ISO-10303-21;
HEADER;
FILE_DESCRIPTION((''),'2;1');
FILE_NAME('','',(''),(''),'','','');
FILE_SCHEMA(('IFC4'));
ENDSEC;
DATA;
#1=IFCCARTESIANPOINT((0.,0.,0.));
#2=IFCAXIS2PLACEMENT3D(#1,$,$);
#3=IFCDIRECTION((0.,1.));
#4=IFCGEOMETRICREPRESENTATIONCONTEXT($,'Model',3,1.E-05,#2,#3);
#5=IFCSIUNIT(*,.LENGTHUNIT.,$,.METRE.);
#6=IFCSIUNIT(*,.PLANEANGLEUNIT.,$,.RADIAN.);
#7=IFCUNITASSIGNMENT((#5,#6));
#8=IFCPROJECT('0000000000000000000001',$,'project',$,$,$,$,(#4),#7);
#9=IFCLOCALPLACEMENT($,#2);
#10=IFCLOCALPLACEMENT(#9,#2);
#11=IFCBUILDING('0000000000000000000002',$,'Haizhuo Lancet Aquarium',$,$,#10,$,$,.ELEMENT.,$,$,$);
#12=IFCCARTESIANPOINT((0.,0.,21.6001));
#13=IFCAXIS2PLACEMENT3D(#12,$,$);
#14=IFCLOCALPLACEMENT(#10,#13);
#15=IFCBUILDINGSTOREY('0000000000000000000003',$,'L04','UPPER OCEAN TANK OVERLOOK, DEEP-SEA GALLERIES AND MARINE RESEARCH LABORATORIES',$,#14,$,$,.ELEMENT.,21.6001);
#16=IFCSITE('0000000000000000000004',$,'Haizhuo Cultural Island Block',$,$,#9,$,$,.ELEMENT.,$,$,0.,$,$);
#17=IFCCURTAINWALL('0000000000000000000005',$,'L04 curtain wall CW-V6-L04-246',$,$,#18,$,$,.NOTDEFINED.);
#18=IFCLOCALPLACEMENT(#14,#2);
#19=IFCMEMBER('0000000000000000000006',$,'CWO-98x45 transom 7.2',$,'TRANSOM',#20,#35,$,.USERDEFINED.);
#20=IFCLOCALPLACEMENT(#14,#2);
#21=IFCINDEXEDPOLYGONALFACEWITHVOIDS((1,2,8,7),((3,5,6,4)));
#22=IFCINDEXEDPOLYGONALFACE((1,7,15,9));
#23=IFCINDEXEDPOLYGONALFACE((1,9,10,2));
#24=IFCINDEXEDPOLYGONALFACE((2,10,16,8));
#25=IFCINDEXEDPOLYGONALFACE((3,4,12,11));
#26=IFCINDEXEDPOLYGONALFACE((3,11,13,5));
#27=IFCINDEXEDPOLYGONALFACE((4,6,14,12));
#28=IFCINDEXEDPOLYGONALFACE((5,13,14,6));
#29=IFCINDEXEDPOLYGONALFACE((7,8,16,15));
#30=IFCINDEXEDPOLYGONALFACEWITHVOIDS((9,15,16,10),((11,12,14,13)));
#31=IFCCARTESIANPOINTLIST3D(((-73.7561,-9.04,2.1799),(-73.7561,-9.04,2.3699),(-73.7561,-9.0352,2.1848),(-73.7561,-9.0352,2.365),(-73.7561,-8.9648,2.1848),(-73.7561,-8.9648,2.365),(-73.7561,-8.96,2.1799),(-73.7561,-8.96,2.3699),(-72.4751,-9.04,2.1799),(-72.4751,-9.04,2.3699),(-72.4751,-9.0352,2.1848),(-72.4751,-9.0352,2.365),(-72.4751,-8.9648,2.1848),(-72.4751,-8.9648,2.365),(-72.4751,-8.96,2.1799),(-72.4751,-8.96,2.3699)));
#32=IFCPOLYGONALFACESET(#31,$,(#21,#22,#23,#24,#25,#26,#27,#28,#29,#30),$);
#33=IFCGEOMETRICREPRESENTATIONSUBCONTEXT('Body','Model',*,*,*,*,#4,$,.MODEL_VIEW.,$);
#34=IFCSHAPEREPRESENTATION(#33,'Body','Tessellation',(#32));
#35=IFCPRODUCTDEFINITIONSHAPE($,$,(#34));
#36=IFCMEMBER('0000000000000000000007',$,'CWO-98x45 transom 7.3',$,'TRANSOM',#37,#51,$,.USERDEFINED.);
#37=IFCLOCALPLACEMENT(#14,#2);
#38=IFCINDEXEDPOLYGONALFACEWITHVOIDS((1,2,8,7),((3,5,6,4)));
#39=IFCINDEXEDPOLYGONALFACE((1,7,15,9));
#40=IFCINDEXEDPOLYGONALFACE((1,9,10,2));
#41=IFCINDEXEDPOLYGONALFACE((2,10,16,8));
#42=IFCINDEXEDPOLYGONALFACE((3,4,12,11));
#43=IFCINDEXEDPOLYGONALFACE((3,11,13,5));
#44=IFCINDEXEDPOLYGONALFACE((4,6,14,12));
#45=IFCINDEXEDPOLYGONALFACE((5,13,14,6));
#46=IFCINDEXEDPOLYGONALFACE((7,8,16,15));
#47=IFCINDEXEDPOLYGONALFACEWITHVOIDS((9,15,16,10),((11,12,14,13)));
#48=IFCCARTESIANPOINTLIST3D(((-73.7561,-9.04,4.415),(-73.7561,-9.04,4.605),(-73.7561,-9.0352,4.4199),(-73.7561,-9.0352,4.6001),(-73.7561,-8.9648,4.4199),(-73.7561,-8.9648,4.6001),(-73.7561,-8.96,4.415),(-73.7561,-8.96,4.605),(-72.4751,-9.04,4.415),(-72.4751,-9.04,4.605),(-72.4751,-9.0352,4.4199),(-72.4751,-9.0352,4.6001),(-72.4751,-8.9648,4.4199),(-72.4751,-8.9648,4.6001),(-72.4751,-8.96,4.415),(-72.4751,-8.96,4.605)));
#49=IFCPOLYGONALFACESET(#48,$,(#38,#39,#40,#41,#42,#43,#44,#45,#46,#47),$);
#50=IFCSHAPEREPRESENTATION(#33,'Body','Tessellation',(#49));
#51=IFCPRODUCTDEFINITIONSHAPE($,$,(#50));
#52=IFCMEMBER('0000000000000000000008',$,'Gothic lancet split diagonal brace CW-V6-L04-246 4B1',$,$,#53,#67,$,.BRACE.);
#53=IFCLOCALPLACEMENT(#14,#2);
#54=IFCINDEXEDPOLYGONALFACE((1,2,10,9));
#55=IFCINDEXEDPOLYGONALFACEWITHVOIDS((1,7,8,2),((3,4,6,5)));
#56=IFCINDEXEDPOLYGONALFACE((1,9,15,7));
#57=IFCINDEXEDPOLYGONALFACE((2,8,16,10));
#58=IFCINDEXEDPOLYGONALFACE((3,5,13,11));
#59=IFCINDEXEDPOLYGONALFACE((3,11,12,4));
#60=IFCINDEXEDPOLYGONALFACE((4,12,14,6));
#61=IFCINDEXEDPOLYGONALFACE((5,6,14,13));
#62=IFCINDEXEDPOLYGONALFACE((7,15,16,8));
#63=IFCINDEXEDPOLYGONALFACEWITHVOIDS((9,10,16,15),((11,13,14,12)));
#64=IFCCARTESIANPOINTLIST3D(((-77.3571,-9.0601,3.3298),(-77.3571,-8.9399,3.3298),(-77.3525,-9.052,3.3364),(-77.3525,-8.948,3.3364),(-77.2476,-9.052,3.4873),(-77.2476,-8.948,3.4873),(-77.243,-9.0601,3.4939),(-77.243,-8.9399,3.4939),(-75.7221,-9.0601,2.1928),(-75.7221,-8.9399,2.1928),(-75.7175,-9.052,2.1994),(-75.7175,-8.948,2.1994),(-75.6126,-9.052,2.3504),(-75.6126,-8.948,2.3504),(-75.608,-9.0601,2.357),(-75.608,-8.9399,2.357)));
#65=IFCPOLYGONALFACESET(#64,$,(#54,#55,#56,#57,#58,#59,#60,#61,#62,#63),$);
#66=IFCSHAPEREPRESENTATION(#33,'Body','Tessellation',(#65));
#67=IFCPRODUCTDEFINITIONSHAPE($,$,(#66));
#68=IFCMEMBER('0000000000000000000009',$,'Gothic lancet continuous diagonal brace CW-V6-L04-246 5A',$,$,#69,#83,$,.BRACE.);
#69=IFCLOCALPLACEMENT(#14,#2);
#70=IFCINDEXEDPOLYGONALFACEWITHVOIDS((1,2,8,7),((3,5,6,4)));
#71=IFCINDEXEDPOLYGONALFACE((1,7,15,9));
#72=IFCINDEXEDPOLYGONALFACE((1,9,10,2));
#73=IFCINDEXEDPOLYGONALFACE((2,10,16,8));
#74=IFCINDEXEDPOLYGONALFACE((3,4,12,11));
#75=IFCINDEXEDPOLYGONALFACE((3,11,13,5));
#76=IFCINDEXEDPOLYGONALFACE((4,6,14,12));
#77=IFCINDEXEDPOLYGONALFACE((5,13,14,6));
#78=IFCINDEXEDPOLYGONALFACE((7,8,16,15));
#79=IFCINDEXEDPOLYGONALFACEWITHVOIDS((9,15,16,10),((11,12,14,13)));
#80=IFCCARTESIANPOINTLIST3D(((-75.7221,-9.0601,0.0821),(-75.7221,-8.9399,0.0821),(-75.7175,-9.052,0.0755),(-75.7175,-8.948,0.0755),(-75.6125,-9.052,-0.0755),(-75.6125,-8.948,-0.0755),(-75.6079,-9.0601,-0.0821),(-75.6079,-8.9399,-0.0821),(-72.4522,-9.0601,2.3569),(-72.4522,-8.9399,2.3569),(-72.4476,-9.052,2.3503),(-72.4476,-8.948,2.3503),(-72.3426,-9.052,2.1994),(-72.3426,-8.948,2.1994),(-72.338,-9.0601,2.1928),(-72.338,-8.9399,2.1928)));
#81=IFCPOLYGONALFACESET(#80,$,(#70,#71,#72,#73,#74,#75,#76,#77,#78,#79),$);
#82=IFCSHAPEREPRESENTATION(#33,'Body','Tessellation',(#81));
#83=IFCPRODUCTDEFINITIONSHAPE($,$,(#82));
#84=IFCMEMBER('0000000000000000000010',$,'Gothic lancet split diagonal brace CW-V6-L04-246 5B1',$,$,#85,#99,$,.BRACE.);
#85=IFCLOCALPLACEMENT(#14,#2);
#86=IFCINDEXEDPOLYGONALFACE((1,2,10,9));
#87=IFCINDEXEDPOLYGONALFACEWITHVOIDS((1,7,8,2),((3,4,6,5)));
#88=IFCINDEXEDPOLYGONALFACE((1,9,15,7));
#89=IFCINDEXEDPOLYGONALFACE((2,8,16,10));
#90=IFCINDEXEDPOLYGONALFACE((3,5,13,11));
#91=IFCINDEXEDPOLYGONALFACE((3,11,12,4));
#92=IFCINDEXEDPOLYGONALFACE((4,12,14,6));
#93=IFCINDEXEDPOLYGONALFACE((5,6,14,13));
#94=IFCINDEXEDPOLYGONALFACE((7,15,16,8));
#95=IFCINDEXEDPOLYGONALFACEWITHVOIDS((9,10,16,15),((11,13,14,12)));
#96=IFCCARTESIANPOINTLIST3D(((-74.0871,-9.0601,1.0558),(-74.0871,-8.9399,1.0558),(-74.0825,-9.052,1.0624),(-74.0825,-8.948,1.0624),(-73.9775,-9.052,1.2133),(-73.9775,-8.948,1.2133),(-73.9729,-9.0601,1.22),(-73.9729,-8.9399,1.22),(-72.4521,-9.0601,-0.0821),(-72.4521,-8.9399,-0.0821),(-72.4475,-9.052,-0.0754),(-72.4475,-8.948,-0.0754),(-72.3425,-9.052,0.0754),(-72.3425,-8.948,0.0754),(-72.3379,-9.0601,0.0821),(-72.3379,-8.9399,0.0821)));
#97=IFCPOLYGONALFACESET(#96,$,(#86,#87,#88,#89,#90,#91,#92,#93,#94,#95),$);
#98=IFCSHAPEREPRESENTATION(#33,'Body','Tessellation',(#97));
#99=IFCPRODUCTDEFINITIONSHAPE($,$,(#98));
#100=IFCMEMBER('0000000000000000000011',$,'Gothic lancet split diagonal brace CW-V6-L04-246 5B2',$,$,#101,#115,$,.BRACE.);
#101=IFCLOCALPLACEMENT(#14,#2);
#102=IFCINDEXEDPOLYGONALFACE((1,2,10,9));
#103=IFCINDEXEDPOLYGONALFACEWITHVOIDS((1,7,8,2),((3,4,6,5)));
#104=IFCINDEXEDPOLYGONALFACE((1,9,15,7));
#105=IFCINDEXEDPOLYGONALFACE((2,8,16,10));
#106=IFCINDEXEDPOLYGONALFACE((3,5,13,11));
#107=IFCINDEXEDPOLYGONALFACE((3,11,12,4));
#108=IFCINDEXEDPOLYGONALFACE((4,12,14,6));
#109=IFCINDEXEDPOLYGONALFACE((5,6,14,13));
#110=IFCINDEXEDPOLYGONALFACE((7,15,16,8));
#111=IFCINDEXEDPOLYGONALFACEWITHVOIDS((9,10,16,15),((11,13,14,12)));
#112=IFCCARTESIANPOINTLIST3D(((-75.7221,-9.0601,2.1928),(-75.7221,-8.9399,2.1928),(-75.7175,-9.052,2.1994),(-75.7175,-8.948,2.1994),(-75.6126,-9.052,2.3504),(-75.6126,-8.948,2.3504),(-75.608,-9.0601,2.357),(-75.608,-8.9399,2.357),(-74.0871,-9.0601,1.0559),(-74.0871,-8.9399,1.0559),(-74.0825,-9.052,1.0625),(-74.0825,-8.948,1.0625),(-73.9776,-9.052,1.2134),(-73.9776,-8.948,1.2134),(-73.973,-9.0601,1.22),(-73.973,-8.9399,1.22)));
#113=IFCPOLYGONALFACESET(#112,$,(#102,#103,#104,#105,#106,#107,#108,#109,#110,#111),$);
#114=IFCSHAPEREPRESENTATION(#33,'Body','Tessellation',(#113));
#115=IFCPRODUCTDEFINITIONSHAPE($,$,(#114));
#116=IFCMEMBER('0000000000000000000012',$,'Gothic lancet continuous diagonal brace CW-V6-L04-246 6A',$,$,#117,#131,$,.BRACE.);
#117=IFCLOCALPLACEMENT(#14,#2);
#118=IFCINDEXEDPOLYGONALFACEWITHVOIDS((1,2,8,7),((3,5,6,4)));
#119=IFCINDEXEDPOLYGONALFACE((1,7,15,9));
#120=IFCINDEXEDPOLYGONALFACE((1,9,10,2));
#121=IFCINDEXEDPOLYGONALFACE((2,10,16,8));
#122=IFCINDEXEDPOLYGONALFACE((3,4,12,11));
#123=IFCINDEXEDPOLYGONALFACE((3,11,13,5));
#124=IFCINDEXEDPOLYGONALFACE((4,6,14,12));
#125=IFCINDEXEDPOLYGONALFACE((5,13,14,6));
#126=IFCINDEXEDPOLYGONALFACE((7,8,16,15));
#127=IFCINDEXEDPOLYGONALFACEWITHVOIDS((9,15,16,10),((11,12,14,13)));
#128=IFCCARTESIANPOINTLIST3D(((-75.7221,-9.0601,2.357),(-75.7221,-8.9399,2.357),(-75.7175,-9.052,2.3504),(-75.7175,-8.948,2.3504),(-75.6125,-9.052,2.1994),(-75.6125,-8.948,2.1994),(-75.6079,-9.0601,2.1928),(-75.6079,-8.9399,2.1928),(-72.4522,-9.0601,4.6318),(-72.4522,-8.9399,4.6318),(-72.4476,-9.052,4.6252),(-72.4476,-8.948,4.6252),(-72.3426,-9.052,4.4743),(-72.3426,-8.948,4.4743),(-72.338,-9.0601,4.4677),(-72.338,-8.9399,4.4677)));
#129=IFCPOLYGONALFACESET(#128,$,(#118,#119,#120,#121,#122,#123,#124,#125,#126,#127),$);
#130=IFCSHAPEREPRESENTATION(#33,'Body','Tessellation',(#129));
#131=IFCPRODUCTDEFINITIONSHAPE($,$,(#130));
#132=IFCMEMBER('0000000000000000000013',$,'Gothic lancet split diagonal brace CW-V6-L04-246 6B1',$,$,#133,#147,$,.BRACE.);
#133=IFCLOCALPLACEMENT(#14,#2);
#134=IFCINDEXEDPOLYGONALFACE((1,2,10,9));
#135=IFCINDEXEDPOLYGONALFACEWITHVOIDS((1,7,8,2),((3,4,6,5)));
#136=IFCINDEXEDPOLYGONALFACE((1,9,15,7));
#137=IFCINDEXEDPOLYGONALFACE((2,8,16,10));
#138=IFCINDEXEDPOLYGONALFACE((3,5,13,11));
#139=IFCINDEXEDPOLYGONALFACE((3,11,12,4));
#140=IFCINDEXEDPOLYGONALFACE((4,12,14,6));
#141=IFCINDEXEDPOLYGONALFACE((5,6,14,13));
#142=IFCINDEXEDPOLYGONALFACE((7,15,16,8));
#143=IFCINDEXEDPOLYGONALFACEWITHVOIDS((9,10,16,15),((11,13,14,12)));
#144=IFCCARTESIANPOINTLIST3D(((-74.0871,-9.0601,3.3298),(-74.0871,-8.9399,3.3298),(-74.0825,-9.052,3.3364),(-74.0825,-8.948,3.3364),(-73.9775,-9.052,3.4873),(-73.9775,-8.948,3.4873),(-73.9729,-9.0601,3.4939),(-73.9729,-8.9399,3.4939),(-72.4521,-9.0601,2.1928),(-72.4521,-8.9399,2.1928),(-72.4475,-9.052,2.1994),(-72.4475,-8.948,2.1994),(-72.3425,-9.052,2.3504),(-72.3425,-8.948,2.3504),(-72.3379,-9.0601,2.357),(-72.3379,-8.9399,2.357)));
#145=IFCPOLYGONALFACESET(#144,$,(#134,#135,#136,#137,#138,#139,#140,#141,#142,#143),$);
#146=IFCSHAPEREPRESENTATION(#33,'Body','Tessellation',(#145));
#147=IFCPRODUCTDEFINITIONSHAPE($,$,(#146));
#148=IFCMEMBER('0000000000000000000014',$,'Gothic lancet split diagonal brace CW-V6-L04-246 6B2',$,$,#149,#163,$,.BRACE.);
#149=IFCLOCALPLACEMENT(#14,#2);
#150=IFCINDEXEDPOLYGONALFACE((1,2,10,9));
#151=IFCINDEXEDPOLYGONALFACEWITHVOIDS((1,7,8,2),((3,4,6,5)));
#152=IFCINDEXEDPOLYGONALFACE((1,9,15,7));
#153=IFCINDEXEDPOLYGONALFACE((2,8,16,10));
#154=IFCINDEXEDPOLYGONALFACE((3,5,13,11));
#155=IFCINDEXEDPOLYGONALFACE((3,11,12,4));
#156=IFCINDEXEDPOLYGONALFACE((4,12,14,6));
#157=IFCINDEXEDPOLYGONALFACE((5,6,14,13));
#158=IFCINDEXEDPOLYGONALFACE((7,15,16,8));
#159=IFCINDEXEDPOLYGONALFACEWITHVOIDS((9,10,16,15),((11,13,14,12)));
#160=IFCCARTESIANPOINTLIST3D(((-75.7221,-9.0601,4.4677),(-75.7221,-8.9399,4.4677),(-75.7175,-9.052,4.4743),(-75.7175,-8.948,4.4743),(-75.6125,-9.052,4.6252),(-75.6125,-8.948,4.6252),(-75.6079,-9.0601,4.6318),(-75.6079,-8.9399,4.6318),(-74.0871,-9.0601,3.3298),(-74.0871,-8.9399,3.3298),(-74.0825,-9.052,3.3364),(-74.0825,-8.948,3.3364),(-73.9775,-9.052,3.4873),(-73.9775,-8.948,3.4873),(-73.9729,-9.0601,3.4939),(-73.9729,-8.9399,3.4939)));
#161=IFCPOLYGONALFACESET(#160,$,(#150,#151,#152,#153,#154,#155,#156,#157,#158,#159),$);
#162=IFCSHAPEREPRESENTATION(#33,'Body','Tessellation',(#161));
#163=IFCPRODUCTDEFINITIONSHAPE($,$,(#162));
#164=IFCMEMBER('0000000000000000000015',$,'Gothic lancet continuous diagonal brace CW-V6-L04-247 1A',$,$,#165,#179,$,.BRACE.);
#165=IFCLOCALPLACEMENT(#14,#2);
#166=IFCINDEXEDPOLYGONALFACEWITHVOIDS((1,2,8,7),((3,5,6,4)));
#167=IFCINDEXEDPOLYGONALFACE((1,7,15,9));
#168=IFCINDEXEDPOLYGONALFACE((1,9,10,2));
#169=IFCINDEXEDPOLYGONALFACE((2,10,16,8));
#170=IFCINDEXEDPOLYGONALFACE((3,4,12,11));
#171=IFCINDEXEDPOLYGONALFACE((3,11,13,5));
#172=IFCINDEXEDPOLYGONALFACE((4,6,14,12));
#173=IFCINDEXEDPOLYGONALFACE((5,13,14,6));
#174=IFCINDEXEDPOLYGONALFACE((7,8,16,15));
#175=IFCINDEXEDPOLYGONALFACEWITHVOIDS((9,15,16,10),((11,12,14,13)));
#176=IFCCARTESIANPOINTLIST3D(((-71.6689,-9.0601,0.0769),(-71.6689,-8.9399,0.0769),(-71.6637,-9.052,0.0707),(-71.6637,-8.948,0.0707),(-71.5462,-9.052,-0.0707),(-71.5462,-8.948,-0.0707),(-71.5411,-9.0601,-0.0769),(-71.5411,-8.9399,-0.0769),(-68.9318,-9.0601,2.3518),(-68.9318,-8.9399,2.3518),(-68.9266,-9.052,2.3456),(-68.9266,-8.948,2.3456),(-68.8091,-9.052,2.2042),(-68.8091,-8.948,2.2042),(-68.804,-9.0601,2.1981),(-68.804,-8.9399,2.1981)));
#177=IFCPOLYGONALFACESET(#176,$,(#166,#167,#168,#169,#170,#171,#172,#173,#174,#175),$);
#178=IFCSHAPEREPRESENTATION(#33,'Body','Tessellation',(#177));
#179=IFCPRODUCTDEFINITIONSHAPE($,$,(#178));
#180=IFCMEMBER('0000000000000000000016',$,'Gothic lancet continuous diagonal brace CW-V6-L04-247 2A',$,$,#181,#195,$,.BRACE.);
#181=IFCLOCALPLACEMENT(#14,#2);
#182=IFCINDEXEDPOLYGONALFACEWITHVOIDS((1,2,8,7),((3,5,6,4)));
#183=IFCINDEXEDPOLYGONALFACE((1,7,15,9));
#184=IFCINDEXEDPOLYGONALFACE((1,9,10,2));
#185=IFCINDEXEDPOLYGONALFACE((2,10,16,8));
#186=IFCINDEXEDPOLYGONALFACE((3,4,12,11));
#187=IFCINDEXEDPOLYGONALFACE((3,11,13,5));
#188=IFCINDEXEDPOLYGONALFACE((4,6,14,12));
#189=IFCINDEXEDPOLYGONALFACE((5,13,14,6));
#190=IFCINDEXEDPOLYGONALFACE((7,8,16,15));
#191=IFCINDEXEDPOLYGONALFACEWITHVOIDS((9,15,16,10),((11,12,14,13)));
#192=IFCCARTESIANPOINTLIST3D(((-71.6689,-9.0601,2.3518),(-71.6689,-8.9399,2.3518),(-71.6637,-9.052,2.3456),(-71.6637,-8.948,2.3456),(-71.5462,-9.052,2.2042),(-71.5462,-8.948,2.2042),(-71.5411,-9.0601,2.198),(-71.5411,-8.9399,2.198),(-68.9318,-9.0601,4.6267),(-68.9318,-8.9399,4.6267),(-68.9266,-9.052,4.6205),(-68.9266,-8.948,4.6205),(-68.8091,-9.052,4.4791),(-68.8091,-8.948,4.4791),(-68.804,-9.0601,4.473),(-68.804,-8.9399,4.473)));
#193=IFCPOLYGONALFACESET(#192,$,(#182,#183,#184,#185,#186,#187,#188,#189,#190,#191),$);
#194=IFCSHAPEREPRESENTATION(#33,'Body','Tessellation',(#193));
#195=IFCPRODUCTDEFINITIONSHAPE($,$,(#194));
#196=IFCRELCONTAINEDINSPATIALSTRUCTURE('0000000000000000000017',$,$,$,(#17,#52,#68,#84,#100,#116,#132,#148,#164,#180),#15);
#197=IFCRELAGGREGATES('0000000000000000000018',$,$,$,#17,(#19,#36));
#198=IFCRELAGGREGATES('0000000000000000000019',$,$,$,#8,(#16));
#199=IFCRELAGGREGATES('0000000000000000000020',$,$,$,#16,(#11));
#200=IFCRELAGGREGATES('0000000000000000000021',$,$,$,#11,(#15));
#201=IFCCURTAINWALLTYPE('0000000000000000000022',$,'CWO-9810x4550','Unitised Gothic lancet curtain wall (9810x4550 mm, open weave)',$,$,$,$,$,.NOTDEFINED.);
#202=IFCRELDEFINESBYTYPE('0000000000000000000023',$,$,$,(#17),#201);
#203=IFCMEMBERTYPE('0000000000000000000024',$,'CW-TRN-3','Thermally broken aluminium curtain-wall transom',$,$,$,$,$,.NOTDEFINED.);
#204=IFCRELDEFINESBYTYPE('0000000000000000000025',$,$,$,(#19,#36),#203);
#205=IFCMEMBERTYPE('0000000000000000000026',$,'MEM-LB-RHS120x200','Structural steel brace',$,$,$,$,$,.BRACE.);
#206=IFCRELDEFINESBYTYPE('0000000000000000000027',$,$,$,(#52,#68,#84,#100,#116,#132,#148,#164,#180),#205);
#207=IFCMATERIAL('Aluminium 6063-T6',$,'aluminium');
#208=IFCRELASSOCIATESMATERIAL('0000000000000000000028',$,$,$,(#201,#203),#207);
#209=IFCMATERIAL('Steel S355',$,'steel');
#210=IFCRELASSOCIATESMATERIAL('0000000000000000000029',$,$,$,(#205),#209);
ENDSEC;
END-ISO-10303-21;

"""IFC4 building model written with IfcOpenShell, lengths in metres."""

from ifc_helpers import new_model, si_unit, direction, frame, origin, origin_2d, place, context, subcontext, project, spatial, hollow_rectangle, extrude, material, material_profile, profile_set, type_object, element, aggregate, save


model = new_model("IFC4")

# Units and contexts
model_context = context("Model", 3, precision=1e-05, world=origin(), true_north=direction((0.0, 1.0)))
body_context = subcontext(model_context, "Body", "Model", "MODEL_VIEW")
ifc_project = project(units=[si_unit("LENGTHUNIT", "METRE"), si_unit("PLANEANGLEUNIT", "RADIAN")], contexts=[model_context])

# Site, building, storey
site_placement = place(None, origin())
site = spatial("IfcSite", under=ifc_project, at=site_placement, Name="Haizhuo Cultural Island Block", CompositionType="ELEMENT", RefElevation=0.0)
building_placement = place(site_placement, origin())
building = spatial("IfcBuilding", under=site, at=building_placement, Name="Haizhuo Lancet Aquarium", CompositionType="ELEMENT")
storey_placement = place(building_placement, frame((0.0, 0.0, 21.6001)))
storey = spatial("IfcBuildingStorey", under=building, at=storey_placement, Name="L04", Description="UPPER OCEAN TANK OVERLOOK, DEEP-SEA GALLERIES AND MARINE RESEARCH LABORATORIES", CompositionType="ELEMENT", Elevation=21.6001)

# Shared definitions
ifc_material_1 = material(Name="Steel S355", Category="steel")

# Curtain wall, members
ifc_material_2 = material(Name="Aluminium 6063-T6", Category="aluminium")
curtain_wall_type = type_object("IfcCurtainWallType", Name="CWO-9810x4550", Description="Unitised Gothic lancet curtain wall (9810x4550 mm, open weave)", PredefinedType="NOTDEFINED", material=ifc_material_2)
curtain_wall_placement = place(storey_placement, origin())
curtain_wall = element("IfcCurtainWall", 1, at=curtain_wall_placement, inside=storey, type_object=curtain_wall_type, Name="L04 curtain wall CW-V6-L04-246", PredefinedType="NOTDEFINED")
ifc_material_profile_1 = material_profile(ifc_material_2, hollow_rectangle(XDim=0.0801, YDim=0.1899, WallThickness=0.0049, at=origin_2d()), Name="ALU-T 80x190x5")
ifc_profile_set_1 = profile_set([ifc_material_profile_1], Name="Aluminium 6063-T6")
member_type_1 = type_object("IfcMemberType", Name="CW-TRN-3", Description="Thermally broken aluminium curtain-wall transom", PredefinedType="NOTDEFINED", material=ifc_profile_set_1)
member_1_placement = place(storey_placement, frame((-73.7561, -9.0, 2.2749), z_axis=(1.0, 0.0, 0.0), x_axis=(0.0, 1.0, 0.0)))
member_1 = element("IfcMember", 2, at=member_1_placement, type_object=member_type_1, Name="CWO-98x45 transom 7.2", ObjectType="TRANSOM", PredefinedType="USERDEFINED", context=body_context, shape_type="SweptSolid", body=[
    extrude(hollow_rectangle(XDim=0.0801, YDim=0.1899, WallThickness=0.0049, at=origin_2d()), origin(), (0.0, 0.0, 1.0), 1.281),
])
member_2_placement = place(storey_placement, frame((-73.7561, -9.0, 4.51), z_axis=(1.0, 0.0, 0.0), x_axis=(0.0, 1.0, 0.0)))
member_2 = element("IfcMember", 3, at=member_2_placement, type_object=member_type_1, Name="CWO-98x45 transom 7.3", ObjectType="TRANSOM", PredefinedType="USERDEFINED", context=body_context, shape_type="SweptSolid", body=[
    extrude(hollow_rectangle(XDim=0.0801, YDim=0.1899, WallThickness=0.0049, at=origin_2d()), origin(), (0.0, 0.0, 1.0), 1.281),
])

# Members
ifc_material_profile_2 = material_profile(ifc_material_1, hollow_rectangle(XDim=0.1201, YDim=0.2, WallThickness=0.0081, at=origin_2d()), Name="RHS 120x200x8")
ifc_profile_set_2 = profile_set([ifc_material_profile_2], Name="Steel S355")
member_type_2 = type_object("IfcMemberType", Name="MEM-LB-RHS120x200", Description="Structural steel brace", PredefinedType="BRACE", material=ifc_profile_set_2)
member_3_placement = place(storey_placement, frame((-75.665, -9.0, 2.2749), z_axis=(-0.821008, 0.0, 0.570917), x_axis=(0.0, -1.0, 0.0)))
element("IfcMember", 4, at=member_3_placement, inside=storey, type_object=member_type_2, Name="Gothic lancet split diagonal brace CW-V6-L04-246 4B1", PredefinedType="BRACE", context=body_context, shape_type="SweptSolid", body=[
    extrude(hollow_rectangle(XDim=0.1201, YDim=0.2, WallThickness=0.0081, at=origin_2d()), origin(), (0.0, 0.0, 1.0), 1.9915),
])
member_4_placement = place(storey_placement, frame((-75.665, -9.0, 0.0), z_axis=(0.820893, 0.0, 0.571082), x_axis=(0.0, 1.0, 0.0)))
element("IfcMember", 5, at=member_4_placement, inside=storey, type_object=member_type_2, Name="Gothic lancet continuous diagonal brace CW-V6-L04-246 5A", PredefinedType="BRACE", context=body_context, shape_type="SweptSolid", body=[
    extrude(hollow_rectangle(XDim=0.1201, YDim=0.2, WallThickness=0.0081, at=origin_2d()), origin(), (0.0, 0.0, 1.0), 3.9834),
])
member_5_placement = place(storey_placement, frame((-72.395, -9.0, 0.0), z_axis=(-0.820778, 0.0, 0.571248), x_axis=(0.0, -1.0, 0.0)))
element("IfcMember", 6, at=member_5_placement, inside=storey, type_object=member_type_2, Name="Gothic lancet split diagonal brace CW-V6-L04-246 5B1", PredefinedType="BRACE", context=body_context, shape_type="SweptSolid", body=[
    extrude(hollow_rectangle(XDim=0.1201, YDim=0.2, WallThickness=0.0081, at=origin_2d()), origin(), (0.0, 0.0, 1.0), 1.9919),
])
member_6_placement = place(storey_placement, frame((-74.03, -9.0, 1.1379), z_axis=(-0.821008, 0.0, 0.570917), x_axis=(0.0, -1.0, 0.0)))
element("IfcMember", 7, at=member_6_placement, inside=storey, type_object=member_type_2, Name="Gothic lancet split diagonal brace CW-V6-L04-246 5B2", PredefinedType="BRACE", context=body_context, shape_type="SweptSolid", body=[
    extrude(hollow_rectangle(XDim=0.1201, YDim=0.2, WallThickness=0.0081, at=origin_2d()), origin(), (0.0, 0.0, 1.0), 1.9915),
])
member_7_placement = place(storey_placement, frame((-75.665, -9.0, 2.2749), z_axis=(0.820893, 0.0, 0.571082), x_axis=(0.0, 1.0, 0.0)))
element("IfcMember", 8, at=member_7_placement, inside=storey, type_object=member_type_2, Name="Gothic lancet continuous diagonal brace CW-V6-L04-246 6A", PredefinedType="BRACE", context=body_context, shape_type="SweptSolid", body=[
    extrude(hollow_rectangle(XDim=0.1201, YDim=0.2, WallThickness=0.0081, at=origin_2d()), origin(), (0.0, 0.0, 1.0), 3.9834),
])
member_8_placement = place(storey_placement, frame((-72.395, -9.0, 2.2749), z_axis=(-0.821008, 0.0, 0.570917), x_axis=(0.0, -1.0, 0.0)))
element("IfcMember", 9, at=member_8_placement, inside=storey, type_object=member_type_2, Name="Gothic lancet split diagonal brace CW-V6-L04-246 6B1", PredefinedType="BRACE", context=body_context, shape_type="SweptSolid", body=[
    extrude(hollow_rectangle(XDim=0.1201, YDim=0.2, WallThickness=0.0081, at=origin_2d()), origin(), (0.0, 0.0, 1.0), 1.9915),
])
member_9_placement = place(storey_placement, frame((-74.03, -9.0, 3.4119), z_axis=(-0.820778, 0.0, 0.571248), x_axis=(0.0, -1.0, 0.0)))
element("IfcMember", 10, at=member_9_placement, inside=storey, type_object=member_type_2, Name="Gothic lancet split diagonal brace CW-V6-L04-246 6B2", PredefinedType="BRACE", context=body_context, shape_type="SweptSolid", body=[
    extrude(hollow_rectangle(XDim=0.1201, YDim=0.2, WallThickness=0.0081, at=origin_2d()), origin(), (0.0, 0.0, 1.0), 1.9919),
])
for number, where, z_axis, x_axis, name in (
    (11, (-71.605, -9.0, 0.0), (0.769047, 0.0, 0.639192), (0.0, 1.0, 0.0), "Gothic lancet continuous diagonal brace CW-V6-L04-247 1A"),
    (12, (-71.605, -9.0, 2.2749), (0.769047, 0.0, 0.639192), (0.0, 1.0, 0.0), "Gothic lancet continuous diagonal brace CW-V6-L04-247 2A"),
):
    element("IfcMember", number, at=place(storey_placement, frame(where, z_axis=z_axis, x_axis=x_axis)), inside=storey, type_object=member_type_2, Name=name, PredefinedType="BRACE", context=body_context, shape_type="SweptSolid", body=[
        extrude(hollow_rectangle(XDim=0.1201, YDim=0.2, WallThickness=0.0081, at=origin_2d()), origin(), (0.0, 0.0, 1.0), 3.5591),
    ])

aggregate(curtain_wall, [member_1, member_2])

save(model, "model.ifc")
